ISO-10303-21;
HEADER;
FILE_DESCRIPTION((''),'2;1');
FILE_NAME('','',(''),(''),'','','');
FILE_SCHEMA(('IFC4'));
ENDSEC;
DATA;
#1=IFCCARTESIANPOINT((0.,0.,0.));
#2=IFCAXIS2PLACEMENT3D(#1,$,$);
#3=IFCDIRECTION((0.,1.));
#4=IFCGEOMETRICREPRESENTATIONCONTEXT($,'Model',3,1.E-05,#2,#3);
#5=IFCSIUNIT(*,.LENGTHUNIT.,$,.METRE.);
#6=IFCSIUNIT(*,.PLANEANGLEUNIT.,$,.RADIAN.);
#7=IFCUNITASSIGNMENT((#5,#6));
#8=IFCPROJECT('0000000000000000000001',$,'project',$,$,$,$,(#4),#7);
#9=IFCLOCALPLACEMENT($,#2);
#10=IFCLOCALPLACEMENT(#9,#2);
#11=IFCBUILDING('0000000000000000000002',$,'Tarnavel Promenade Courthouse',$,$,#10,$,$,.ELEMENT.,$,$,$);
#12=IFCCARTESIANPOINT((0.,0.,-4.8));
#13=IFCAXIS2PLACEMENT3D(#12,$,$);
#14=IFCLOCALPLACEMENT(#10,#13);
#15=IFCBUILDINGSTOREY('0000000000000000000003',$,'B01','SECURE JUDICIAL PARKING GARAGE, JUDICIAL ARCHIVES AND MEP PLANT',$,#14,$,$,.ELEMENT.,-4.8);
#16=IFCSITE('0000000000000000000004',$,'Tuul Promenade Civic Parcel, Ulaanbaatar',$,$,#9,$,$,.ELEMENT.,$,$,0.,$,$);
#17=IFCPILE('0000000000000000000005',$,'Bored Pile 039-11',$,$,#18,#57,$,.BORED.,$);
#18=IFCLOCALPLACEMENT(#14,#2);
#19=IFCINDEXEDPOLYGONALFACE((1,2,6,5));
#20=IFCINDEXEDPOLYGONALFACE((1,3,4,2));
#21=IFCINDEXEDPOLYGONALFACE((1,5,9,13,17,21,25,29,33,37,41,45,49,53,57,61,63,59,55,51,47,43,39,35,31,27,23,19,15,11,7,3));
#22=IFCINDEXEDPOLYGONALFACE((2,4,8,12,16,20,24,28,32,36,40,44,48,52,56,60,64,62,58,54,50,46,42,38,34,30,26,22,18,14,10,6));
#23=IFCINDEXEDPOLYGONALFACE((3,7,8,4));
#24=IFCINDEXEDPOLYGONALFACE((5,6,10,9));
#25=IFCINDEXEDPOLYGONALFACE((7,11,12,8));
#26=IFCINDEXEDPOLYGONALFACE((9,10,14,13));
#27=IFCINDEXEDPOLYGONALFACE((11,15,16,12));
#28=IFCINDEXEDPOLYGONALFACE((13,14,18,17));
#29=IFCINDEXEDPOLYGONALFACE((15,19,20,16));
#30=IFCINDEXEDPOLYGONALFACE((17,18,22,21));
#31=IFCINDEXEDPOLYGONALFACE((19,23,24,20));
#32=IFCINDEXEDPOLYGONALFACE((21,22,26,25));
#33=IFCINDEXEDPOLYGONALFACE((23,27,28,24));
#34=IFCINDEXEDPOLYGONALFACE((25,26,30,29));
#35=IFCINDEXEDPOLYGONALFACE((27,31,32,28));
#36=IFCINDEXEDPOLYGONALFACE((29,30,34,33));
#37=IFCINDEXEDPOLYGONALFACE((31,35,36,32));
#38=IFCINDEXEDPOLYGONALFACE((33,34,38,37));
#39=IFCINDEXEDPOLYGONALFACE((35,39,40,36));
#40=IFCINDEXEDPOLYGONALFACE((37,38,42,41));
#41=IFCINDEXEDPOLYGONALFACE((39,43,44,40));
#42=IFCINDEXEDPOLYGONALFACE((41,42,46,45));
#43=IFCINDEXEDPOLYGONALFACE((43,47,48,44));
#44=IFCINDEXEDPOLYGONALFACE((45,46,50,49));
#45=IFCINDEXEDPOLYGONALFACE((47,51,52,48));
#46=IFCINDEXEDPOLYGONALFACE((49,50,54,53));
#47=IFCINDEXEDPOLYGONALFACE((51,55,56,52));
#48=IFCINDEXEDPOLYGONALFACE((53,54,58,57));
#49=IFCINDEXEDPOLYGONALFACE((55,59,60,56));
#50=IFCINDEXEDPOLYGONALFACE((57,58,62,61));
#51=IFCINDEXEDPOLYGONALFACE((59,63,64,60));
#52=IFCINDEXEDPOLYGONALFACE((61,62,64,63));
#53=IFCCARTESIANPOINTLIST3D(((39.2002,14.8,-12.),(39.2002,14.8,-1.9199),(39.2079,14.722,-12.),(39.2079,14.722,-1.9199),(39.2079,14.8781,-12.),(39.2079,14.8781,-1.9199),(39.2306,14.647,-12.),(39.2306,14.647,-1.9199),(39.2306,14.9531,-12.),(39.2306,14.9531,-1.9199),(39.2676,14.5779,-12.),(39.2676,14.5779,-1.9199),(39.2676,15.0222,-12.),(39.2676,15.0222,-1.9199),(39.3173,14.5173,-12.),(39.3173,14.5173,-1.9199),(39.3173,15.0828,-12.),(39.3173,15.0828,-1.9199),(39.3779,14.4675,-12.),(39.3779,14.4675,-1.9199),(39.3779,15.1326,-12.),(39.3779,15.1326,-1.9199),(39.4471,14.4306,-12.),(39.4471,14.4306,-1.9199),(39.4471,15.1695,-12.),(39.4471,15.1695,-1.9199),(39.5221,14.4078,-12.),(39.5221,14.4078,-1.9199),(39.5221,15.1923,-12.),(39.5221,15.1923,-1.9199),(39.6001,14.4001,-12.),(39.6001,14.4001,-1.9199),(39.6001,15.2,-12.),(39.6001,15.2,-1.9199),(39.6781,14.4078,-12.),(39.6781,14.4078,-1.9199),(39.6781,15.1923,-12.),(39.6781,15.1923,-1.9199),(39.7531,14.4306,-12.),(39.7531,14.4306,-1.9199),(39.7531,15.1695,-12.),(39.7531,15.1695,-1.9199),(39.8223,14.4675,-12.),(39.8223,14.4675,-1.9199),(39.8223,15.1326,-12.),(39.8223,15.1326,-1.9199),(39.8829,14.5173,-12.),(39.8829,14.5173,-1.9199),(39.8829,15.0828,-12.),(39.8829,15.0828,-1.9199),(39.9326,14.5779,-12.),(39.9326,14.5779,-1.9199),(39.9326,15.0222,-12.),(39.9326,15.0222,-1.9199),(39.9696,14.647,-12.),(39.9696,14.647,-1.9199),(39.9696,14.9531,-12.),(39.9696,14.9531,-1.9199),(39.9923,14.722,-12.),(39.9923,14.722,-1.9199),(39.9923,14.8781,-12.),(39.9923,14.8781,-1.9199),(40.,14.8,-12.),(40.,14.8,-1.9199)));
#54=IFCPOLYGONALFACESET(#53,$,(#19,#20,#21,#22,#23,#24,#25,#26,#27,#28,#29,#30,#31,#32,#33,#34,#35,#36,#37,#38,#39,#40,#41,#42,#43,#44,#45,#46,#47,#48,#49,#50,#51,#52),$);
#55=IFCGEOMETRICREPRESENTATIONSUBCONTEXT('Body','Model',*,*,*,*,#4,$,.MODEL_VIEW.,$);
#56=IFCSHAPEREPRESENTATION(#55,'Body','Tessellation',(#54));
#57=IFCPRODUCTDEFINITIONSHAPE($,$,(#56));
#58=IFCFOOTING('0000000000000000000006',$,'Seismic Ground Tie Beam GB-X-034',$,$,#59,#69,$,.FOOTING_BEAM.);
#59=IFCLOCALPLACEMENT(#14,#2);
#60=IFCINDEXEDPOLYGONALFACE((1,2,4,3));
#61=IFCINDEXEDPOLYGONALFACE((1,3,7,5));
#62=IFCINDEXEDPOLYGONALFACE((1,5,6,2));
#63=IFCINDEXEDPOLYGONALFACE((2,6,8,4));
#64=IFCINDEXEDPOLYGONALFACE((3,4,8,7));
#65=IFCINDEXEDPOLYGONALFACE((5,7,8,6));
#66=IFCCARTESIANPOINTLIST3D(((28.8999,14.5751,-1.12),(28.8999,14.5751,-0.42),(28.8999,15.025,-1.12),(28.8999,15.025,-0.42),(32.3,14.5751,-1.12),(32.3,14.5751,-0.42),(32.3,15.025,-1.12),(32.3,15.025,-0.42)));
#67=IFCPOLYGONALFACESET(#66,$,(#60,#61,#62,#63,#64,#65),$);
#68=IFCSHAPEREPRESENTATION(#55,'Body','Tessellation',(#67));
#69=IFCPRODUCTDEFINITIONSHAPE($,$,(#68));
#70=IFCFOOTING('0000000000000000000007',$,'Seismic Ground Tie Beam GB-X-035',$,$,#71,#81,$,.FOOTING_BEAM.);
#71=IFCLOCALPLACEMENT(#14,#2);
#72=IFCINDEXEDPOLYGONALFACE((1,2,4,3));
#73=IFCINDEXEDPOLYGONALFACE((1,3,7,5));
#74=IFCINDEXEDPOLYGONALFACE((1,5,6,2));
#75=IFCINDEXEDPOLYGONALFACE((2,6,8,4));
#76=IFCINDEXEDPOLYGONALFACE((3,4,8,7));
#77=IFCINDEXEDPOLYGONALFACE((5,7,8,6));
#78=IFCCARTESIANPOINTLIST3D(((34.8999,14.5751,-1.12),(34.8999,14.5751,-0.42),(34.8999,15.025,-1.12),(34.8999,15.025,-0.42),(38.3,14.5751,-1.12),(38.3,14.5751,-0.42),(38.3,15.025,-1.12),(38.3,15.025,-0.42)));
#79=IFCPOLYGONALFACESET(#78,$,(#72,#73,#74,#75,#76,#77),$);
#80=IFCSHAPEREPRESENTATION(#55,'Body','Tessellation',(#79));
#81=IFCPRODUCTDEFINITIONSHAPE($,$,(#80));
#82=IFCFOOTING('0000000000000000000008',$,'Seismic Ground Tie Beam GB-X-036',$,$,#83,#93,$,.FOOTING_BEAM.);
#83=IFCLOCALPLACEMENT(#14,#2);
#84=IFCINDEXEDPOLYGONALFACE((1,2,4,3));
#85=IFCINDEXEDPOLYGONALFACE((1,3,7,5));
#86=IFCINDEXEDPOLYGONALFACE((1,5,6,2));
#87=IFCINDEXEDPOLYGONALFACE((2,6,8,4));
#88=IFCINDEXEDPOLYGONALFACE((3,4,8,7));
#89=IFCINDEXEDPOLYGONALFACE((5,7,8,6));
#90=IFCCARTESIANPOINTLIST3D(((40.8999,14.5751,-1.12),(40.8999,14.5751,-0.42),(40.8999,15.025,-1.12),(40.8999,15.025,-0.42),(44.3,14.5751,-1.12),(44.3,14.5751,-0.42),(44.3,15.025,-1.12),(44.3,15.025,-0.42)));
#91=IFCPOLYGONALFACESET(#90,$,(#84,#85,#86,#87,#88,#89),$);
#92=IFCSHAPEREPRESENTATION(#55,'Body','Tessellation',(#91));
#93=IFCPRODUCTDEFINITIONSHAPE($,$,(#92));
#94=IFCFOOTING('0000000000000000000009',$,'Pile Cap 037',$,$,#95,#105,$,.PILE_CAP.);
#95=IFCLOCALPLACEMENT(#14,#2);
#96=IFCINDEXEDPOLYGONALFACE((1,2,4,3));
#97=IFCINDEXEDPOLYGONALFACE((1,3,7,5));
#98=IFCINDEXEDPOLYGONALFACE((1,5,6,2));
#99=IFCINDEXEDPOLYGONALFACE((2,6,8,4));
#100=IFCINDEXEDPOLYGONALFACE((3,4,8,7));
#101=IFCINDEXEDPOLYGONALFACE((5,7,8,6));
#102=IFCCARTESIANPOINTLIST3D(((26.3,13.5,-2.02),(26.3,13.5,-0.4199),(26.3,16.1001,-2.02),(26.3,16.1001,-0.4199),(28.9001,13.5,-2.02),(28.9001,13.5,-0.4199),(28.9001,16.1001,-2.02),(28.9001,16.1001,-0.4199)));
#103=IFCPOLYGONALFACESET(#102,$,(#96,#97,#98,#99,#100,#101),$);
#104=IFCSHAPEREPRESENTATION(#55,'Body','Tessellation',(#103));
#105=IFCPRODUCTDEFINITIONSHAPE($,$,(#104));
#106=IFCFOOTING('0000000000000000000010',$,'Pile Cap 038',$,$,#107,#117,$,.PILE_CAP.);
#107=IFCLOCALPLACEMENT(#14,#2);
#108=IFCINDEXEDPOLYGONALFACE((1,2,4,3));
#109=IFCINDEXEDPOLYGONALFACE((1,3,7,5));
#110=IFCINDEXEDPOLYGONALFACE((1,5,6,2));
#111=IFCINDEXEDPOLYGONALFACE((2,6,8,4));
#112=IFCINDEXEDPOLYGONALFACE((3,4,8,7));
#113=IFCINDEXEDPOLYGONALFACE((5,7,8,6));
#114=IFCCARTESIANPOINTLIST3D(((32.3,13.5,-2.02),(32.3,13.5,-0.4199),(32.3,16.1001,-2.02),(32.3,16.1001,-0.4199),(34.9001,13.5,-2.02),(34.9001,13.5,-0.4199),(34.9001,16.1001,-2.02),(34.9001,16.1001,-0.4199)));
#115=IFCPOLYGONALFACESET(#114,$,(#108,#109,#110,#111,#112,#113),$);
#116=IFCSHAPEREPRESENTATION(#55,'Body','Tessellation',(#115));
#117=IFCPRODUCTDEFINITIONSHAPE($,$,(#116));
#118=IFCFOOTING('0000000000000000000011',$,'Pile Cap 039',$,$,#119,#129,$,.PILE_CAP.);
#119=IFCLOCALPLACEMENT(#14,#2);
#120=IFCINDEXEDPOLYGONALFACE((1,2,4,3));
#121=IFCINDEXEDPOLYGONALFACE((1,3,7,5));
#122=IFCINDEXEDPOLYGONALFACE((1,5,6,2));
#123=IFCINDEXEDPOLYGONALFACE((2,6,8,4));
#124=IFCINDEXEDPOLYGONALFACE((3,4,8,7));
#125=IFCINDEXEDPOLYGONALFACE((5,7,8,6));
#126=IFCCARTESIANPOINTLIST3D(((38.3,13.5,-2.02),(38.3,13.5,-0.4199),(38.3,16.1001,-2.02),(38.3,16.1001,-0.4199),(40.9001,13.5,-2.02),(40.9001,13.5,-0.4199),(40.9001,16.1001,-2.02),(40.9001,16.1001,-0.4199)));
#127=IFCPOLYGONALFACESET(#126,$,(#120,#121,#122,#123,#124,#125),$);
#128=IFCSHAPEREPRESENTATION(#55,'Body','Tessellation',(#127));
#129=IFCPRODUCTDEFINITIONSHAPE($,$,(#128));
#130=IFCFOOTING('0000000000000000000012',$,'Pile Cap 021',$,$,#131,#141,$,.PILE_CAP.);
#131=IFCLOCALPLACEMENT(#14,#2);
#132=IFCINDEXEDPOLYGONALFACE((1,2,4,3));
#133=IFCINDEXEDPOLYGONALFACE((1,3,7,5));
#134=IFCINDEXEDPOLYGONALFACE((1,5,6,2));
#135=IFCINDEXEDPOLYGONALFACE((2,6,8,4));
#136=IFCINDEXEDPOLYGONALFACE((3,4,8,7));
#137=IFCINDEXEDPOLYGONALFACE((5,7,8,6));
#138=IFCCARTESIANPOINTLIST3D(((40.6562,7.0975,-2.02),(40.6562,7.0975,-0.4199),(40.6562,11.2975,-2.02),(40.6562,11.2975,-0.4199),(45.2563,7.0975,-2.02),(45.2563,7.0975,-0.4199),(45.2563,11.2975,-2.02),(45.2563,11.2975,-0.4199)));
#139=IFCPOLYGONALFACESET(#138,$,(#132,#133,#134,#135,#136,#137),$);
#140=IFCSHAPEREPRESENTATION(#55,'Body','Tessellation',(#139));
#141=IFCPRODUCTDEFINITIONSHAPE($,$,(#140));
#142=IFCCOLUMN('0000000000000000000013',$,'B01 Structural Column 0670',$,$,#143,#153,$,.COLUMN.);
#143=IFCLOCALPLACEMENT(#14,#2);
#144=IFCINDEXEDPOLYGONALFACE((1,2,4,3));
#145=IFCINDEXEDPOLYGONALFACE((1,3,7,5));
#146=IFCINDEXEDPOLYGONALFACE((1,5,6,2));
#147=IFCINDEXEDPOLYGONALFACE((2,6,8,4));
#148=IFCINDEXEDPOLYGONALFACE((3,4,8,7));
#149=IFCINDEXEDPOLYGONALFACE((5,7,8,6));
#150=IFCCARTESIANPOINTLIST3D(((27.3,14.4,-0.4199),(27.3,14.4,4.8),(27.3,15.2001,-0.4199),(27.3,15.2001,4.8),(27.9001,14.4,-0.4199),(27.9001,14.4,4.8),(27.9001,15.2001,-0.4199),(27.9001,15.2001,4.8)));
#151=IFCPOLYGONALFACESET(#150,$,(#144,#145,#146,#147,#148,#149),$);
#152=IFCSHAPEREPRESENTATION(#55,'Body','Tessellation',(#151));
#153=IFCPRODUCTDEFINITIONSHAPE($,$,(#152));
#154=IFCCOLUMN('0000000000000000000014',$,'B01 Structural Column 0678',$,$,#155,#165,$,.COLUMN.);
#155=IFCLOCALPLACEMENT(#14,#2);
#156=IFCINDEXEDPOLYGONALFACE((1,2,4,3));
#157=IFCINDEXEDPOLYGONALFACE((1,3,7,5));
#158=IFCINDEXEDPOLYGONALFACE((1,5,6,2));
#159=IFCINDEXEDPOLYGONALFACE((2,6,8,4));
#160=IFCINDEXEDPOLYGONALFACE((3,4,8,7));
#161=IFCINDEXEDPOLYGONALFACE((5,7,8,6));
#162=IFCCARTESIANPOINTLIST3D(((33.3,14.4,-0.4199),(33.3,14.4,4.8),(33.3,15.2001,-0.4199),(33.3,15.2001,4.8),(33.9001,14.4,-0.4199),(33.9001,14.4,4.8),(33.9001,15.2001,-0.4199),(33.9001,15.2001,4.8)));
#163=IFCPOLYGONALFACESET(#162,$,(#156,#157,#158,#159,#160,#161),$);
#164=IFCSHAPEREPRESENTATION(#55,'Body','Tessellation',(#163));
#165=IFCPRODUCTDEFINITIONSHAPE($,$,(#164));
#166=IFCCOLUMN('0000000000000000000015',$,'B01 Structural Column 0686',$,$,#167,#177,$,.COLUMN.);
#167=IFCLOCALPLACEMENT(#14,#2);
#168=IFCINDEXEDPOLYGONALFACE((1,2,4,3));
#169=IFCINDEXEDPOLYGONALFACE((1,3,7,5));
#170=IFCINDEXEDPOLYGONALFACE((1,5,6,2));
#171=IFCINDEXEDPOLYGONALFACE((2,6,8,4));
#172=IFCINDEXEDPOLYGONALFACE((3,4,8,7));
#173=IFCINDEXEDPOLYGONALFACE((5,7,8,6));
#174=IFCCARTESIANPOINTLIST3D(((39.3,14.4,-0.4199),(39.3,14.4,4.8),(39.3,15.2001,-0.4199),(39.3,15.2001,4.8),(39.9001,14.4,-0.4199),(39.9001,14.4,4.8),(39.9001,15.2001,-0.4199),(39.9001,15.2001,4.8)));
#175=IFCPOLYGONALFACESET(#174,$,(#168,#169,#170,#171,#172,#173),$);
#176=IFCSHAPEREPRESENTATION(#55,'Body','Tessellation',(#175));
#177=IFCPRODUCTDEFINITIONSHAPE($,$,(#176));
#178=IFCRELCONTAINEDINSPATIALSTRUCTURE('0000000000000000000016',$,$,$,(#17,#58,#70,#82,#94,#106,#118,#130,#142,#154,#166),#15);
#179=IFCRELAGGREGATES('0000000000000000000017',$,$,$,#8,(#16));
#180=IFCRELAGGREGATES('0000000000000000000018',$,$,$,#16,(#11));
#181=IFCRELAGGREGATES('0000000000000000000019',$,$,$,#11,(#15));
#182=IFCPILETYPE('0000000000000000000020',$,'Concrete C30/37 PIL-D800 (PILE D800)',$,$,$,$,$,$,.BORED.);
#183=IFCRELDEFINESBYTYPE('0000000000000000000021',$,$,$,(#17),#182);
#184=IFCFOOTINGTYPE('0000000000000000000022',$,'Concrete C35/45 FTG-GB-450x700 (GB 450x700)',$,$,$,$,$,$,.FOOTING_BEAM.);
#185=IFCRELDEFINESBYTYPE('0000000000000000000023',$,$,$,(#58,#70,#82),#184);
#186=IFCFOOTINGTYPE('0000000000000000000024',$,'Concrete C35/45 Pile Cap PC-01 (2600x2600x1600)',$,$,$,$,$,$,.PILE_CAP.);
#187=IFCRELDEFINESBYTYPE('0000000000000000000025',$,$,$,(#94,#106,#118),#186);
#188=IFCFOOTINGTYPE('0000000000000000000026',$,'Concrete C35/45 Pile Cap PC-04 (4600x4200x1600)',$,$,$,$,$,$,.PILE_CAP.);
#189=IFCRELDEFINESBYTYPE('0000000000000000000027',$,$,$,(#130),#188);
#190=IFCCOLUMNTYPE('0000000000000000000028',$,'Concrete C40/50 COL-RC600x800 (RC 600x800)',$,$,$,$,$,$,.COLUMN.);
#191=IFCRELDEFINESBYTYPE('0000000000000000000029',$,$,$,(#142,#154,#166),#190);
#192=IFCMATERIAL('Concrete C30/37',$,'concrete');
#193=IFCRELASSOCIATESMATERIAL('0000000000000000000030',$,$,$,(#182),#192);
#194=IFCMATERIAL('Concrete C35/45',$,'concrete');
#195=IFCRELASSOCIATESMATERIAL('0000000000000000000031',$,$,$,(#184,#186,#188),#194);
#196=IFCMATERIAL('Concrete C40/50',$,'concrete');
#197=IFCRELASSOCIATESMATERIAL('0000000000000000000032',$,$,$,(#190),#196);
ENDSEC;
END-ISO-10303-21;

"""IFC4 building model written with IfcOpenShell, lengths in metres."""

from ifc_helpers import new_model, si_unit, direction, frame, origin, origin_2d, place, context, subcontext, project, spatial, rectangle, circle, extrude, material, material_profile, profile_set, type_object, element, save


model = new_model("IFC4")

# Units and contexts
model_context = context("Model", 3, precision=1e-05, world=origin(), true_north=direction((0.0, 1.0)))
body_context = subcontext(model_context, "Body", "Model", "MODEL_VIEW")
ifc_project = project(units=[si_unit("LENGTHUNIT", "METRE"), si_unit("PLANEANGLEUNIT", "RADIAN")], contexts=[model_context])

# Site, building, storey
site_placement = place(None, origin())
site = spatial("IfcSite", under=ifc_project, at=site_placement, Name="Tuul Promenade Civic Parcel, Ulaanbaatar", CompositionType="ELEMENT", RefElevation=0.0)
building_placement = place(site_placement, origin())
building = spatial("IfcBuilding", under=site, at=building_placement, Name="Tarnavel Promenade Courthouse", CompositionType="ELEMENT")
storey_placement = place(building_placement, frame((0.0, 0.0, -4.8)))
storey = spatial("IfcBuildingStorey", under=building, at=storey_placement, Name="B01", Description="SECURE JUDICIAL PARKING GARAGE, JUDICIAL ARCHIVES AND MEP PLANT", CompositionType="ELEMENT", Elevation=-4.8)

# Pile
ifc_material_1 = material(Name="Concrete C30/37", Category="concrete")
ifc_material_profile_1 = material_profile(ifc_material_1, circle(Radius=0.3999, at=origin_2d()), Name="PILE D800")
ifc_profile_set_1 = profile_set([ifc_material_profile_1], Name="Concrete C30/37")
pile_type_1 = type_object("IfcPileType", Name="Concrete C30/37 PIL-D800 (PILE D800)", PredefinedType="BORED", material=ifc_profile_set_1)
for number, where, z_axis, x_axis, name in (
    (1, (39.6001, 14.8, -1.9199), (0.0, 0.0, -1.0), (1.0, 0.0, 0.0), "Bored Pile 039-11"),
):
    element("IfcPile", number, at=place(storey_placement, frame(where, z_axis=z_axis, x_axis=x_axis)), inside=storey, type_object=pile_type_1, Name=name, PredefinedType="BORED", context=body_context, shape_type="SweptSolid", body=[
        extrude(circle(Radius=0.3999, at=origin_2d()), origin(), (0.0, 0.0, 1.0), 10.0801),
    ])

# Footings
ifc_material_2 = material(Name="Concrete C35/45", Category="concrete")
ifc_material_profile_2 = material_profile(ifc_material_2, rectangle(XDim=0.45, YDim=0.7, at=origin_2d()), Name="GB 450x700")
ifc_profile_set_2 = profile_set([ifc_material_profile_2], Name="Concrete C35/45")
footing_type_1 = type_object("IfcFootingType", Name="Concrete C35/45 FTG-GB-450x700 (GB 450x700)", PredefinedType="FOOTING_BEAM", material=ifc_profile_set_2)
for number, where, z_axis, x_axis, name in (
    (2, (28.8999, 14.8, -0.77), (1.0, 0.0, 0.0), (0.0, 1.0, 0.0), "Seismic Ground Tie Beam GB-X-034"),
    (3, (34.8999, 14.8, -0.77), (1.0, 0.0, 0.0), (0.0, 1.0, 0.0), "Seismic Ground Tie Beam GB-X-035"),
    (4, (40.8999, 14.8, -0.77), (1.0, 0.0, 0.0), (0.0, 1.0, 0.0), "Seismic Ground Tie Beam GB-X-036"),
):
    element("IfcFooting", number, at=place(storey_placement, frame(where, z_axis=z_axis, x_axis=x_axis)), inside=storey, type_object=footing_type_1, Name=name, PredefinedType="FOOTING_BEAM", context=body_context, shape_type="SweptSolid", body=[
        extrude(rectangle(XDim=0.45, YDim=0.7, at=origin_2d()), origin(), (0.0, 0.0, 1.0), 3.4001),
    ])
footing_type_2 = type_object("IfcFootingType", Name="Concrete C35/45 Pile Cap PC-01 (2600x2600x1600)", PredefinedType="PILE_CAP", material=ifc_material_2)
for number, where, z_axis, x_axis, name in (
    (5, (27.6001, 14.8, -2.02), (0.0, 0.0, 1.0), (1.0, 0.0, 0.0), "Pile Cap 037"),
    (6, (33.6001, 14.8, -2.02), (0.0, 0.0, 1.0), (1.0, 0.0, 0.0), "Pile Cap 038"),
    (7, (39.6001, 14.8, -2.02), (0.0, 0.0, 1.0), (1.0, 0.0, 0.0), "Pile Cap 039"),
):
    element("IfcFooting", number, at=place(storey_placement, frame(where, z_axis=z_axis, x_axis=x_axis)), inside=storey, type_object=footing_type_2, Name=name, PredefinedType="PILE_CAP", context=body_context, shape_type="SweptSolid", body=[
        extrude(rectangle(XDim=2.6001, YDim=2.6001, at=origin_2d()), origin(), (0.0, 0.0, 1.0), 1.6001),
    ])
footing_type_3 = type_object("IfcFootingType", Name="Concrete C35/45 Pile Cap PC-04 (4600x4200x1600)", PredefinedType="PILE_CAP", material=ifc_material_2)
footing_placement = place(storey_placement, frame((42.9563, 9.1975, -2.02), z_axis=(0.0, 0.0, 1.0), x_axis=(1.0, 0.0, 0.0)))
element("IfcFooting", 8, at=footing_placement, inside=storey, type_object=footing_type_3, Name="Pile Cap 021", PredefinedType="PILE_CAP", context=body_context, shape_type="SweptSolid", body=[
    extrude(rectangle(XDim=4.6001, YDim=4.2, at=origin_2d()), origin(), (0.0, 0.0, 1.0), 1.6001),
])

# Columns
ifc_material_3 = material(Name="Concrete C40/50", Category="concrete")
ifc_material_profile_3 = material_profile(ifc_material_3, rectangle(XDim=0.6001, YDim=0.8, at=origin_2d()), Name="RC 600x800")
ifc_profile_set_3 = profile_set([ifc_material_profile_3], Name="Concrete C40/50")
column_type_1 = type_object("IfcColumnType", Name="Concrete C40/50 COL-RC600x800 (RC 600x800)", PredefinedType="COLUMN", material=ifc_profile_set_3)
for number, where, z_axis, x_axis, name in (
    (9, (27.6001, 14.8, -0.4199), (0.0, 0.0, 1.0), (1.0, 0.0, 0.0), "B01 Structural Column 0670"),
    (10, (33.6001, 14.8, -0.4199), (0.0, 0.0, 1.0), (1.0, 0.0, 0.0), "B01 Structural Column 0678"),
    (11, (39.6001, 14.8, -0.4199), (0.0, 0.0, 1.0), (1.0, 0.0, 0.0), "B01 Structural Column 0686"),
):
    element("IfcColumn", number, at=place(storey_placement, frame(where, z_axis=z_axis, x_axis=x_axis)), inside=storey, type_object=column_type_1, Name=name, PredefinedType="COLUMN", context=body_context, shape_type="SweptSolid", body=[
        extrude(rectangle(XDim=0.6001, YDim=0.8, at=origin_2d()), origin(), (0.0, 0.0, 1.0), 5.22),
    ])

save(model, "model.ifc")
